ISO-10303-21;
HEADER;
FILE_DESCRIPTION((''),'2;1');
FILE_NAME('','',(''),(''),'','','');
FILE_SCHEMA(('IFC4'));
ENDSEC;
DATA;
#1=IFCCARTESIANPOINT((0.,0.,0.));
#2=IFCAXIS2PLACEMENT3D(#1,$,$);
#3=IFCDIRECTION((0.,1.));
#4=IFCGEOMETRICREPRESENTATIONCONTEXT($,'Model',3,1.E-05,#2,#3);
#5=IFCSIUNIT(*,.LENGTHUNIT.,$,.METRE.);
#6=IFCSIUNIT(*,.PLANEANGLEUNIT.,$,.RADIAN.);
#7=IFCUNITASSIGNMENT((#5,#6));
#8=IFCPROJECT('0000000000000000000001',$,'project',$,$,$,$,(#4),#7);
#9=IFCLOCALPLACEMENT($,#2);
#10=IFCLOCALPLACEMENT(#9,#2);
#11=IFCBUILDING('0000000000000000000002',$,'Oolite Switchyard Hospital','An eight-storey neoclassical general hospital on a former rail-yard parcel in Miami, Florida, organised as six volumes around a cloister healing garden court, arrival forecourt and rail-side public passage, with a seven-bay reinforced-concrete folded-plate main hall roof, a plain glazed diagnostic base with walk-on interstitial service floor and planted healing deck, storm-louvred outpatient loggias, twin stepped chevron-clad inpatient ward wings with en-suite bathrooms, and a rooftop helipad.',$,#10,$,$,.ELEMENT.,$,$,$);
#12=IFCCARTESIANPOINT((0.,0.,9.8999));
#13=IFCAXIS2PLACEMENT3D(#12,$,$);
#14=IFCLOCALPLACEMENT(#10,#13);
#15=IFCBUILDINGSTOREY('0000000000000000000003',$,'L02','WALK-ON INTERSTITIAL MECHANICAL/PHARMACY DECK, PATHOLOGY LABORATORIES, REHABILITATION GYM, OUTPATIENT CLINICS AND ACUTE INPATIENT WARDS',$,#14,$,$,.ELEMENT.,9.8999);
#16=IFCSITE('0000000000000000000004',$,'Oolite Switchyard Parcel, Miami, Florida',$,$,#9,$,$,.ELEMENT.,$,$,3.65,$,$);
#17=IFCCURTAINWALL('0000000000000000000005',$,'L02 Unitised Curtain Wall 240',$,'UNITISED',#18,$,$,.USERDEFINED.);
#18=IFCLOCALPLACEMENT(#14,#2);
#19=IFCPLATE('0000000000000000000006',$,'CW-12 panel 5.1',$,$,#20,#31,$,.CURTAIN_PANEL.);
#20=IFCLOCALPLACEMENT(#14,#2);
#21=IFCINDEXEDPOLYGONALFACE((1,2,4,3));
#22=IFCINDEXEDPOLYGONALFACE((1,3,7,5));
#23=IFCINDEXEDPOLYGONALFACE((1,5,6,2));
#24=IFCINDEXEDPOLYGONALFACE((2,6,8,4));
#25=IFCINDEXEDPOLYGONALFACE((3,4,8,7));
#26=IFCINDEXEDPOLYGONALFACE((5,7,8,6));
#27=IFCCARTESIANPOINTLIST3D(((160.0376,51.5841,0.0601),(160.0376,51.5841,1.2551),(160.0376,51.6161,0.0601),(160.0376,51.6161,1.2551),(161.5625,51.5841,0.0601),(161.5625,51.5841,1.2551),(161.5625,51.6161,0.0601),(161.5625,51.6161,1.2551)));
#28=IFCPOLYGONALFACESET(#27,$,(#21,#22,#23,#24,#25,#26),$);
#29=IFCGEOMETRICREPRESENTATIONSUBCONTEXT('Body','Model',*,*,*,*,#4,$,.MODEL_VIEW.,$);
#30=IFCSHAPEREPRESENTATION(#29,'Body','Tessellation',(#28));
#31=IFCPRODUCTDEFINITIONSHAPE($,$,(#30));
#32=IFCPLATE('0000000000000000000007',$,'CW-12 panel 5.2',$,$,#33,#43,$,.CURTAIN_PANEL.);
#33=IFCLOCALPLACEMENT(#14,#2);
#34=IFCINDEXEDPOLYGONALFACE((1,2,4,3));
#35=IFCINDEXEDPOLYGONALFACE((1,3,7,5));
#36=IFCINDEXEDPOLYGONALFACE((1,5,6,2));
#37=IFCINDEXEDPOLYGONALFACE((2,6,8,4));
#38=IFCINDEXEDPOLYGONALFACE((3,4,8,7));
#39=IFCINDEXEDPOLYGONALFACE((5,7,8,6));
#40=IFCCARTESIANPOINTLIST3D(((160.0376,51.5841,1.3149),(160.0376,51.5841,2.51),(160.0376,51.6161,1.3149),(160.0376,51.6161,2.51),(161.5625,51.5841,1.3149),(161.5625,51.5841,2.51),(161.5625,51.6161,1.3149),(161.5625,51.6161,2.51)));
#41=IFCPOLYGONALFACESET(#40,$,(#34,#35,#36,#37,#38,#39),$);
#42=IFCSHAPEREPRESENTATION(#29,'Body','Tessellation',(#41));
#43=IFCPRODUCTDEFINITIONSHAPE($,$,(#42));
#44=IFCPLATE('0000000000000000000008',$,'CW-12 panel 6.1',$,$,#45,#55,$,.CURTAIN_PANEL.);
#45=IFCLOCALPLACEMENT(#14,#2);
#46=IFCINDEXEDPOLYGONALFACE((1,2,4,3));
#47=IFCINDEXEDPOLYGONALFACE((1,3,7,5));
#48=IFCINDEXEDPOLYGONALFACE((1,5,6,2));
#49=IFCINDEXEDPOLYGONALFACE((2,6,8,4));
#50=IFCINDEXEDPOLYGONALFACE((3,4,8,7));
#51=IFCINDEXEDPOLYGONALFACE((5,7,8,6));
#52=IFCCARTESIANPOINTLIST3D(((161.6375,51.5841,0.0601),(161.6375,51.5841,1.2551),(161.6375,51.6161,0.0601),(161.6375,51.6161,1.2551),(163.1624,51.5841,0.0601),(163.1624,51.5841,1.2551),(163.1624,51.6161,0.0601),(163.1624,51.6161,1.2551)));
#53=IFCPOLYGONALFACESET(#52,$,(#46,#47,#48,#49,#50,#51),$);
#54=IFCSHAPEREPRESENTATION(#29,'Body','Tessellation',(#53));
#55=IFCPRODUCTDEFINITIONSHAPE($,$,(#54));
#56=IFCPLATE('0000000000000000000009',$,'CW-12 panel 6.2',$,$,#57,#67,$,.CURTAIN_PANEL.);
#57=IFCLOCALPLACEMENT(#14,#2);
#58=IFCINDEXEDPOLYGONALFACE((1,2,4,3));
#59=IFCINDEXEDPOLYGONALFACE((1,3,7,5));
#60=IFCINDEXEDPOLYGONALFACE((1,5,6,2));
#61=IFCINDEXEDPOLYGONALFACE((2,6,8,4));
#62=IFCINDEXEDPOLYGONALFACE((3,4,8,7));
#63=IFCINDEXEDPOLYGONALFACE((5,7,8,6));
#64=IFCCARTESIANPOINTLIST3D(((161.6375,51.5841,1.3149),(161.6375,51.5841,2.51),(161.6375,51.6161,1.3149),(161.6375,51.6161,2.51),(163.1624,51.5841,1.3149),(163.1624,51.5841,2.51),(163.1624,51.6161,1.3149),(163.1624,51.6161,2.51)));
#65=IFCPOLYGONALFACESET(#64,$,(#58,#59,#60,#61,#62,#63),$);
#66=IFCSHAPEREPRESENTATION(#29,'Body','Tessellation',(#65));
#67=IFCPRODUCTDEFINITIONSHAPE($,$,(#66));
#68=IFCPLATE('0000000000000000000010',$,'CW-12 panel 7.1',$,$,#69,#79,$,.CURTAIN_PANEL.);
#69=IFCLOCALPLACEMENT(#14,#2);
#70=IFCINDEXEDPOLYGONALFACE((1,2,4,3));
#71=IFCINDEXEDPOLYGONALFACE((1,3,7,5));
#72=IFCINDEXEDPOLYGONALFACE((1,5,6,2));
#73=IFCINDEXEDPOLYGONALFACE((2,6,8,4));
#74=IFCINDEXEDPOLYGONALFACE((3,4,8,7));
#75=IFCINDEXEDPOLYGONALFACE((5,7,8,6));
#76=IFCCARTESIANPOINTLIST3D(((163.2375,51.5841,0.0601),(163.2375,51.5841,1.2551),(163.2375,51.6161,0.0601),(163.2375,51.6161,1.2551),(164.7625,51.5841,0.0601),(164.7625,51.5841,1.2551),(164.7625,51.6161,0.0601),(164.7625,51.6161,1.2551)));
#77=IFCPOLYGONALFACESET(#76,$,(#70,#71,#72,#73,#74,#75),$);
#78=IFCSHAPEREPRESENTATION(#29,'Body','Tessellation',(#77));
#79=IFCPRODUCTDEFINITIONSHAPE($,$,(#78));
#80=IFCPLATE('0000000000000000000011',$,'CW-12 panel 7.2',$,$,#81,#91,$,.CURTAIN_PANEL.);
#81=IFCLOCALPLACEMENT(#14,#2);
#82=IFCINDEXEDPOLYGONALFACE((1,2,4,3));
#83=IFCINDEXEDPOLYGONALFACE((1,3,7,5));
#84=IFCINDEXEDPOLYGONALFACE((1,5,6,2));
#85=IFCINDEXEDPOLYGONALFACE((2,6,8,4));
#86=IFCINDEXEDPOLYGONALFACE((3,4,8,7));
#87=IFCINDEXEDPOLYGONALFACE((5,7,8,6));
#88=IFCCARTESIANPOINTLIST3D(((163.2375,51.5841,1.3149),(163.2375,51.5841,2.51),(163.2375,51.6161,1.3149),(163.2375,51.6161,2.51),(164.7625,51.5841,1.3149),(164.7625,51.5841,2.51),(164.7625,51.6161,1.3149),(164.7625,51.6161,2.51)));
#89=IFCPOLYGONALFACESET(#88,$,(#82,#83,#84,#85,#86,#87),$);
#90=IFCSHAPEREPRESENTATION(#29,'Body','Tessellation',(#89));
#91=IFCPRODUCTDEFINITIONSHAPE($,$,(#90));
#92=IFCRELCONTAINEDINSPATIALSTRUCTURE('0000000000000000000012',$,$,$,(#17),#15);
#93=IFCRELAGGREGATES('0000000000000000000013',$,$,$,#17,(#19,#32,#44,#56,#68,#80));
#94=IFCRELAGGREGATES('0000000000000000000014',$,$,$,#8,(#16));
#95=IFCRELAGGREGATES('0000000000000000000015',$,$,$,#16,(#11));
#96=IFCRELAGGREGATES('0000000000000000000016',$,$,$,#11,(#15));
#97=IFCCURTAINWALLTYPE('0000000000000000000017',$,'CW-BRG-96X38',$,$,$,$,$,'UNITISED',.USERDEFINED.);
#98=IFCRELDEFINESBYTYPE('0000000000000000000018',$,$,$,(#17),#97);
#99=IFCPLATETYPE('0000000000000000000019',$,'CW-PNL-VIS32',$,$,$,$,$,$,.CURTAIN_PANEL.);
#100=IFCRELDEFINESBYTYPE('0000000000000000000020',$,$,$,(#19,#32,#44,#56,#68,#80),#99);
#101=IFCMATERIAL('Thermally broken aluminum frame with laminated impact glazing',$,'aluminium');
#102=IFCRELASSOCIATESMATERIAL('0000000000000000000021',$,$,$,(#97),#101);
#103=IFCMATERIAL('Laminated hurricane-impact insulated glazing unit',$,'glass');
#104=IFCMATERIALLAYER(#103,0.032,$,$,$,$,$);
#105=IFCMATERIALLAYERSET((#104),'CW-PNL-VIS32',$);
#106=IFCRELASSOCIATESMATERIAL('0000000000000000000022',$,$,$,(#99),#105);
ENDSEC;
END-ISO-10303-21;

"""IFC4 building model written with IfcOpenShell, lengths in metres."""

from ifc_helpers import new_model, si_unit, direction, frame, origin, origin_2d, place, context, subcontext, project, spatial, rectangle, extrude, material, layer, layer_set, type_object, element, aggregate, save


model = new_model("IFC4")

# Units and contexts
model_context = context("Model", 3, precision=1e-05, world=origin(), true_north=direction((0.0, 1.0)))
body_context = subcontext(model_context, "Body", "Model", "MODEL_VIEW")
ifc_project = project(units=[si_unit("LENGTHUNIT", "METRE"), si_unit("PLANEANGLEUNIT", "RADIAN")], contexts=[model_context])

# Site, building, storey
site_placement = place(None, origin())
site = spatial("IfcSite", under=ifc_project, at=site_placement, Name="Oolite Switchyard Parcel, Miami, Florida", CompositionType="ELEMENT", RefElevation=3.65)
building_placement = place(site_placement, origin())
building = spatial("IfcBuilding", under=site, at=building_placement, Name="Oolite Switchyard Hospital", Description="An eight-storey neoclassical general hospital on a former rail-yard parcel in Miami, Florida, organised as six volumes around a cloister healing garden court, arrival forecourt and rail-side public passage, with a seven-bay reinforced-concrete folded-plate main hall roof, a plain glazed diagnostic base with walk-on interstitial service floor and planted healing deck, storm-louvred outpatient loggias, twin stepped chevron-clad inpatient ward wings with en-suite bathrooms, and a rooftop helipad.", CompositionType="ELEMENT")
storey_placement = place(building_placement, frame((0.0, 0.0, 9.8999)))
storey = spatial("IfcBuildingStorey", under=building, at=storey_placement, Name="L02", Description="WALK-ON INTERSTITIAL MECHANICAL/PHARMACY DECK, PATHOLOGY LABORATORIES, REHABILITATION GYM, OUTPATIENT CLINICS AND ACUTE INPATIENT WARDS", CompositionType="ELEMENT", Elevation=9.8999)

# Curtain wall, plates
ifc_material_1 = material(Name="Thermally broken aluminum frame with laminated impact glazing", Category="aluminium")
curtain_wall_type = type_object("IfcCurtainWallType", Name="CW-BRG-96X38", ElementType="UNITISED", PredefinedType="USERDEFINED", material=ifc_material_1)
curtain_wall_placement = place(storey_placement, origin())
curtain_wall = element("IfcCurtainWall", 1, at=curtain_wall_placement, inside=storey, type_object=curtain_wall_type, Name="L02 Unitised Curtain Wall 240", ObjectType="UNITISED", PredefinedType="USERDEFINED")
ifc_material_2 = material(Name="Laminated hurricane-impact insulated glazing unit", Category="glass")
ifc_layer = layer(ifc_material_2, 0.032)
ifc_layer_set = layer_set([ifc_layer], Name="CW-PNL-VIS32")
plate_type = type_object("IfcPlateType", Name="CW-PNL-VIS32", PredefinedType="CURTAIN_PANEL", material=ifc_layer_set)
plate_1_placement = place(storey_placement, frame((160.8, 51.6001, 0.0601), z_axis=(0.0, 0.0, 1.0), x_axis=(1.0, 0.0, 0.0)))
plate_1 = element("IfcPlate", 2, at=plate_1_placement, type_object=plate_type, Name="CW-12 panel 5.1", PredefinedType="CURTAIN_PANEL", context=body_context, shape_type="SweptSolid", body=[
    extrude(rectangle(XDim=1.5249, YDim=0.032, at=origin_2d()), origin(), (0.0, 0.0, 1.0), 1.1951),
])
plate_2_placement = place(storey_placement, frame((160.8, 51.6001, 1.3149), z_axis=(0.0, 0.0, 1.0), x_axis=(1.0, 0.0, 0.0)))
plate_2 = element("IfcPlate", 3, at=plate_2_placement, type_object=plate_type, Name="CW-12 panel 5.2", PredefinedType="CURTAIN_PANEL", context=body_context, shape_type="SweptSolid", body=[
    extrude(rectangle(XDim=1.5249, YDim=0.032, at=origin_2d()), origin(), (0.0, 0.0, 1.0), 1.1951),
])
plate_3_placement = place(storey_placement, frame((162.3999, 51.6001, 0.0601), z_axis=(0.0, 0.0, 1.0), x_axis=(1.0, 0.0, 0.0)))
plate_3 = element("IfcPlate", 4, at=plate_3_placement, type_object=plate_type, Name="CW-12 panel 6.1", PredefinedType="CURTAIN_PANEL", context=body_context, shape_type="SweptSolid", body=[
    extrude(rectangle(XDim=1.5249, YDim=0.032, at=origin_2d()), origin(), (0.0, 0.0, 1.0), 1.1951),
])
plate_4_placement = place(storey_placement, frame((162.3999, 51.6001, 1.3149), z_axis=(0.0, 0.0, 1.0), x_axis=(1.0, 0.0, 0.0)))
plate_4 = element("IfcPlate", 5, at=plate_4_placement, type_object=plate_type, Name="CW-12 panel 6.2", PredefinedType="CURTAIN_PANEL", context=body_context, shape_type="SweptSolid", body=[
    extrude(rectangle(XDim=1.5249, YDim=0.032, at=origin_2d()), origin(), (0.0, 0.0, 1.0), 1.1951),
])
plate_5_placement = place(storey_placement, frame((164.0, 51.6001, 0.0601), z_axis=(0.0, 0.0, 1.0), x_axis=(1.0, 0.0, 0.0)))
plate_5 = element("IfcPlate", 6, at=plate_5_placement, type_object=plate_type, Name="CW-12 panel 7.1", PredefinedType="CURTAIN_PANEL", context=body_context, shape_type="SweptSolid", body=[
    extrude(rectangle(XDim=1.5249, YDim=0.032, at=origin_2d()), origin(), (0.0, 0.0, 1.0), 1.1951),
])
plate_6_placement = place(storey_placement, frame((164.0, 51.6001, 1.3149), z_axis=(0.0, 0.0, 1.0), x_axis=(1.0, 0.0, 0.0)))
plate_6 = element("IfcPlate", 7, at=plate_6_placement, type_object=plate_type, Name="CW-12 panel 7.2", PredefinedType="CURTAIN_PANEL", context=body_context, shape_type="SweptSolid", body=[
    extrude(rectangle(XDim=1.5249, YDim=0.032, at=origin_2d()), origin(), (0.0, 0.0, 1.0), 1.1951),
])
aggregate(curtain_wall, [plate_1, plate_2, plate_3, plate_4, plate_5, plate_6])

save(model, "model.ifc")
